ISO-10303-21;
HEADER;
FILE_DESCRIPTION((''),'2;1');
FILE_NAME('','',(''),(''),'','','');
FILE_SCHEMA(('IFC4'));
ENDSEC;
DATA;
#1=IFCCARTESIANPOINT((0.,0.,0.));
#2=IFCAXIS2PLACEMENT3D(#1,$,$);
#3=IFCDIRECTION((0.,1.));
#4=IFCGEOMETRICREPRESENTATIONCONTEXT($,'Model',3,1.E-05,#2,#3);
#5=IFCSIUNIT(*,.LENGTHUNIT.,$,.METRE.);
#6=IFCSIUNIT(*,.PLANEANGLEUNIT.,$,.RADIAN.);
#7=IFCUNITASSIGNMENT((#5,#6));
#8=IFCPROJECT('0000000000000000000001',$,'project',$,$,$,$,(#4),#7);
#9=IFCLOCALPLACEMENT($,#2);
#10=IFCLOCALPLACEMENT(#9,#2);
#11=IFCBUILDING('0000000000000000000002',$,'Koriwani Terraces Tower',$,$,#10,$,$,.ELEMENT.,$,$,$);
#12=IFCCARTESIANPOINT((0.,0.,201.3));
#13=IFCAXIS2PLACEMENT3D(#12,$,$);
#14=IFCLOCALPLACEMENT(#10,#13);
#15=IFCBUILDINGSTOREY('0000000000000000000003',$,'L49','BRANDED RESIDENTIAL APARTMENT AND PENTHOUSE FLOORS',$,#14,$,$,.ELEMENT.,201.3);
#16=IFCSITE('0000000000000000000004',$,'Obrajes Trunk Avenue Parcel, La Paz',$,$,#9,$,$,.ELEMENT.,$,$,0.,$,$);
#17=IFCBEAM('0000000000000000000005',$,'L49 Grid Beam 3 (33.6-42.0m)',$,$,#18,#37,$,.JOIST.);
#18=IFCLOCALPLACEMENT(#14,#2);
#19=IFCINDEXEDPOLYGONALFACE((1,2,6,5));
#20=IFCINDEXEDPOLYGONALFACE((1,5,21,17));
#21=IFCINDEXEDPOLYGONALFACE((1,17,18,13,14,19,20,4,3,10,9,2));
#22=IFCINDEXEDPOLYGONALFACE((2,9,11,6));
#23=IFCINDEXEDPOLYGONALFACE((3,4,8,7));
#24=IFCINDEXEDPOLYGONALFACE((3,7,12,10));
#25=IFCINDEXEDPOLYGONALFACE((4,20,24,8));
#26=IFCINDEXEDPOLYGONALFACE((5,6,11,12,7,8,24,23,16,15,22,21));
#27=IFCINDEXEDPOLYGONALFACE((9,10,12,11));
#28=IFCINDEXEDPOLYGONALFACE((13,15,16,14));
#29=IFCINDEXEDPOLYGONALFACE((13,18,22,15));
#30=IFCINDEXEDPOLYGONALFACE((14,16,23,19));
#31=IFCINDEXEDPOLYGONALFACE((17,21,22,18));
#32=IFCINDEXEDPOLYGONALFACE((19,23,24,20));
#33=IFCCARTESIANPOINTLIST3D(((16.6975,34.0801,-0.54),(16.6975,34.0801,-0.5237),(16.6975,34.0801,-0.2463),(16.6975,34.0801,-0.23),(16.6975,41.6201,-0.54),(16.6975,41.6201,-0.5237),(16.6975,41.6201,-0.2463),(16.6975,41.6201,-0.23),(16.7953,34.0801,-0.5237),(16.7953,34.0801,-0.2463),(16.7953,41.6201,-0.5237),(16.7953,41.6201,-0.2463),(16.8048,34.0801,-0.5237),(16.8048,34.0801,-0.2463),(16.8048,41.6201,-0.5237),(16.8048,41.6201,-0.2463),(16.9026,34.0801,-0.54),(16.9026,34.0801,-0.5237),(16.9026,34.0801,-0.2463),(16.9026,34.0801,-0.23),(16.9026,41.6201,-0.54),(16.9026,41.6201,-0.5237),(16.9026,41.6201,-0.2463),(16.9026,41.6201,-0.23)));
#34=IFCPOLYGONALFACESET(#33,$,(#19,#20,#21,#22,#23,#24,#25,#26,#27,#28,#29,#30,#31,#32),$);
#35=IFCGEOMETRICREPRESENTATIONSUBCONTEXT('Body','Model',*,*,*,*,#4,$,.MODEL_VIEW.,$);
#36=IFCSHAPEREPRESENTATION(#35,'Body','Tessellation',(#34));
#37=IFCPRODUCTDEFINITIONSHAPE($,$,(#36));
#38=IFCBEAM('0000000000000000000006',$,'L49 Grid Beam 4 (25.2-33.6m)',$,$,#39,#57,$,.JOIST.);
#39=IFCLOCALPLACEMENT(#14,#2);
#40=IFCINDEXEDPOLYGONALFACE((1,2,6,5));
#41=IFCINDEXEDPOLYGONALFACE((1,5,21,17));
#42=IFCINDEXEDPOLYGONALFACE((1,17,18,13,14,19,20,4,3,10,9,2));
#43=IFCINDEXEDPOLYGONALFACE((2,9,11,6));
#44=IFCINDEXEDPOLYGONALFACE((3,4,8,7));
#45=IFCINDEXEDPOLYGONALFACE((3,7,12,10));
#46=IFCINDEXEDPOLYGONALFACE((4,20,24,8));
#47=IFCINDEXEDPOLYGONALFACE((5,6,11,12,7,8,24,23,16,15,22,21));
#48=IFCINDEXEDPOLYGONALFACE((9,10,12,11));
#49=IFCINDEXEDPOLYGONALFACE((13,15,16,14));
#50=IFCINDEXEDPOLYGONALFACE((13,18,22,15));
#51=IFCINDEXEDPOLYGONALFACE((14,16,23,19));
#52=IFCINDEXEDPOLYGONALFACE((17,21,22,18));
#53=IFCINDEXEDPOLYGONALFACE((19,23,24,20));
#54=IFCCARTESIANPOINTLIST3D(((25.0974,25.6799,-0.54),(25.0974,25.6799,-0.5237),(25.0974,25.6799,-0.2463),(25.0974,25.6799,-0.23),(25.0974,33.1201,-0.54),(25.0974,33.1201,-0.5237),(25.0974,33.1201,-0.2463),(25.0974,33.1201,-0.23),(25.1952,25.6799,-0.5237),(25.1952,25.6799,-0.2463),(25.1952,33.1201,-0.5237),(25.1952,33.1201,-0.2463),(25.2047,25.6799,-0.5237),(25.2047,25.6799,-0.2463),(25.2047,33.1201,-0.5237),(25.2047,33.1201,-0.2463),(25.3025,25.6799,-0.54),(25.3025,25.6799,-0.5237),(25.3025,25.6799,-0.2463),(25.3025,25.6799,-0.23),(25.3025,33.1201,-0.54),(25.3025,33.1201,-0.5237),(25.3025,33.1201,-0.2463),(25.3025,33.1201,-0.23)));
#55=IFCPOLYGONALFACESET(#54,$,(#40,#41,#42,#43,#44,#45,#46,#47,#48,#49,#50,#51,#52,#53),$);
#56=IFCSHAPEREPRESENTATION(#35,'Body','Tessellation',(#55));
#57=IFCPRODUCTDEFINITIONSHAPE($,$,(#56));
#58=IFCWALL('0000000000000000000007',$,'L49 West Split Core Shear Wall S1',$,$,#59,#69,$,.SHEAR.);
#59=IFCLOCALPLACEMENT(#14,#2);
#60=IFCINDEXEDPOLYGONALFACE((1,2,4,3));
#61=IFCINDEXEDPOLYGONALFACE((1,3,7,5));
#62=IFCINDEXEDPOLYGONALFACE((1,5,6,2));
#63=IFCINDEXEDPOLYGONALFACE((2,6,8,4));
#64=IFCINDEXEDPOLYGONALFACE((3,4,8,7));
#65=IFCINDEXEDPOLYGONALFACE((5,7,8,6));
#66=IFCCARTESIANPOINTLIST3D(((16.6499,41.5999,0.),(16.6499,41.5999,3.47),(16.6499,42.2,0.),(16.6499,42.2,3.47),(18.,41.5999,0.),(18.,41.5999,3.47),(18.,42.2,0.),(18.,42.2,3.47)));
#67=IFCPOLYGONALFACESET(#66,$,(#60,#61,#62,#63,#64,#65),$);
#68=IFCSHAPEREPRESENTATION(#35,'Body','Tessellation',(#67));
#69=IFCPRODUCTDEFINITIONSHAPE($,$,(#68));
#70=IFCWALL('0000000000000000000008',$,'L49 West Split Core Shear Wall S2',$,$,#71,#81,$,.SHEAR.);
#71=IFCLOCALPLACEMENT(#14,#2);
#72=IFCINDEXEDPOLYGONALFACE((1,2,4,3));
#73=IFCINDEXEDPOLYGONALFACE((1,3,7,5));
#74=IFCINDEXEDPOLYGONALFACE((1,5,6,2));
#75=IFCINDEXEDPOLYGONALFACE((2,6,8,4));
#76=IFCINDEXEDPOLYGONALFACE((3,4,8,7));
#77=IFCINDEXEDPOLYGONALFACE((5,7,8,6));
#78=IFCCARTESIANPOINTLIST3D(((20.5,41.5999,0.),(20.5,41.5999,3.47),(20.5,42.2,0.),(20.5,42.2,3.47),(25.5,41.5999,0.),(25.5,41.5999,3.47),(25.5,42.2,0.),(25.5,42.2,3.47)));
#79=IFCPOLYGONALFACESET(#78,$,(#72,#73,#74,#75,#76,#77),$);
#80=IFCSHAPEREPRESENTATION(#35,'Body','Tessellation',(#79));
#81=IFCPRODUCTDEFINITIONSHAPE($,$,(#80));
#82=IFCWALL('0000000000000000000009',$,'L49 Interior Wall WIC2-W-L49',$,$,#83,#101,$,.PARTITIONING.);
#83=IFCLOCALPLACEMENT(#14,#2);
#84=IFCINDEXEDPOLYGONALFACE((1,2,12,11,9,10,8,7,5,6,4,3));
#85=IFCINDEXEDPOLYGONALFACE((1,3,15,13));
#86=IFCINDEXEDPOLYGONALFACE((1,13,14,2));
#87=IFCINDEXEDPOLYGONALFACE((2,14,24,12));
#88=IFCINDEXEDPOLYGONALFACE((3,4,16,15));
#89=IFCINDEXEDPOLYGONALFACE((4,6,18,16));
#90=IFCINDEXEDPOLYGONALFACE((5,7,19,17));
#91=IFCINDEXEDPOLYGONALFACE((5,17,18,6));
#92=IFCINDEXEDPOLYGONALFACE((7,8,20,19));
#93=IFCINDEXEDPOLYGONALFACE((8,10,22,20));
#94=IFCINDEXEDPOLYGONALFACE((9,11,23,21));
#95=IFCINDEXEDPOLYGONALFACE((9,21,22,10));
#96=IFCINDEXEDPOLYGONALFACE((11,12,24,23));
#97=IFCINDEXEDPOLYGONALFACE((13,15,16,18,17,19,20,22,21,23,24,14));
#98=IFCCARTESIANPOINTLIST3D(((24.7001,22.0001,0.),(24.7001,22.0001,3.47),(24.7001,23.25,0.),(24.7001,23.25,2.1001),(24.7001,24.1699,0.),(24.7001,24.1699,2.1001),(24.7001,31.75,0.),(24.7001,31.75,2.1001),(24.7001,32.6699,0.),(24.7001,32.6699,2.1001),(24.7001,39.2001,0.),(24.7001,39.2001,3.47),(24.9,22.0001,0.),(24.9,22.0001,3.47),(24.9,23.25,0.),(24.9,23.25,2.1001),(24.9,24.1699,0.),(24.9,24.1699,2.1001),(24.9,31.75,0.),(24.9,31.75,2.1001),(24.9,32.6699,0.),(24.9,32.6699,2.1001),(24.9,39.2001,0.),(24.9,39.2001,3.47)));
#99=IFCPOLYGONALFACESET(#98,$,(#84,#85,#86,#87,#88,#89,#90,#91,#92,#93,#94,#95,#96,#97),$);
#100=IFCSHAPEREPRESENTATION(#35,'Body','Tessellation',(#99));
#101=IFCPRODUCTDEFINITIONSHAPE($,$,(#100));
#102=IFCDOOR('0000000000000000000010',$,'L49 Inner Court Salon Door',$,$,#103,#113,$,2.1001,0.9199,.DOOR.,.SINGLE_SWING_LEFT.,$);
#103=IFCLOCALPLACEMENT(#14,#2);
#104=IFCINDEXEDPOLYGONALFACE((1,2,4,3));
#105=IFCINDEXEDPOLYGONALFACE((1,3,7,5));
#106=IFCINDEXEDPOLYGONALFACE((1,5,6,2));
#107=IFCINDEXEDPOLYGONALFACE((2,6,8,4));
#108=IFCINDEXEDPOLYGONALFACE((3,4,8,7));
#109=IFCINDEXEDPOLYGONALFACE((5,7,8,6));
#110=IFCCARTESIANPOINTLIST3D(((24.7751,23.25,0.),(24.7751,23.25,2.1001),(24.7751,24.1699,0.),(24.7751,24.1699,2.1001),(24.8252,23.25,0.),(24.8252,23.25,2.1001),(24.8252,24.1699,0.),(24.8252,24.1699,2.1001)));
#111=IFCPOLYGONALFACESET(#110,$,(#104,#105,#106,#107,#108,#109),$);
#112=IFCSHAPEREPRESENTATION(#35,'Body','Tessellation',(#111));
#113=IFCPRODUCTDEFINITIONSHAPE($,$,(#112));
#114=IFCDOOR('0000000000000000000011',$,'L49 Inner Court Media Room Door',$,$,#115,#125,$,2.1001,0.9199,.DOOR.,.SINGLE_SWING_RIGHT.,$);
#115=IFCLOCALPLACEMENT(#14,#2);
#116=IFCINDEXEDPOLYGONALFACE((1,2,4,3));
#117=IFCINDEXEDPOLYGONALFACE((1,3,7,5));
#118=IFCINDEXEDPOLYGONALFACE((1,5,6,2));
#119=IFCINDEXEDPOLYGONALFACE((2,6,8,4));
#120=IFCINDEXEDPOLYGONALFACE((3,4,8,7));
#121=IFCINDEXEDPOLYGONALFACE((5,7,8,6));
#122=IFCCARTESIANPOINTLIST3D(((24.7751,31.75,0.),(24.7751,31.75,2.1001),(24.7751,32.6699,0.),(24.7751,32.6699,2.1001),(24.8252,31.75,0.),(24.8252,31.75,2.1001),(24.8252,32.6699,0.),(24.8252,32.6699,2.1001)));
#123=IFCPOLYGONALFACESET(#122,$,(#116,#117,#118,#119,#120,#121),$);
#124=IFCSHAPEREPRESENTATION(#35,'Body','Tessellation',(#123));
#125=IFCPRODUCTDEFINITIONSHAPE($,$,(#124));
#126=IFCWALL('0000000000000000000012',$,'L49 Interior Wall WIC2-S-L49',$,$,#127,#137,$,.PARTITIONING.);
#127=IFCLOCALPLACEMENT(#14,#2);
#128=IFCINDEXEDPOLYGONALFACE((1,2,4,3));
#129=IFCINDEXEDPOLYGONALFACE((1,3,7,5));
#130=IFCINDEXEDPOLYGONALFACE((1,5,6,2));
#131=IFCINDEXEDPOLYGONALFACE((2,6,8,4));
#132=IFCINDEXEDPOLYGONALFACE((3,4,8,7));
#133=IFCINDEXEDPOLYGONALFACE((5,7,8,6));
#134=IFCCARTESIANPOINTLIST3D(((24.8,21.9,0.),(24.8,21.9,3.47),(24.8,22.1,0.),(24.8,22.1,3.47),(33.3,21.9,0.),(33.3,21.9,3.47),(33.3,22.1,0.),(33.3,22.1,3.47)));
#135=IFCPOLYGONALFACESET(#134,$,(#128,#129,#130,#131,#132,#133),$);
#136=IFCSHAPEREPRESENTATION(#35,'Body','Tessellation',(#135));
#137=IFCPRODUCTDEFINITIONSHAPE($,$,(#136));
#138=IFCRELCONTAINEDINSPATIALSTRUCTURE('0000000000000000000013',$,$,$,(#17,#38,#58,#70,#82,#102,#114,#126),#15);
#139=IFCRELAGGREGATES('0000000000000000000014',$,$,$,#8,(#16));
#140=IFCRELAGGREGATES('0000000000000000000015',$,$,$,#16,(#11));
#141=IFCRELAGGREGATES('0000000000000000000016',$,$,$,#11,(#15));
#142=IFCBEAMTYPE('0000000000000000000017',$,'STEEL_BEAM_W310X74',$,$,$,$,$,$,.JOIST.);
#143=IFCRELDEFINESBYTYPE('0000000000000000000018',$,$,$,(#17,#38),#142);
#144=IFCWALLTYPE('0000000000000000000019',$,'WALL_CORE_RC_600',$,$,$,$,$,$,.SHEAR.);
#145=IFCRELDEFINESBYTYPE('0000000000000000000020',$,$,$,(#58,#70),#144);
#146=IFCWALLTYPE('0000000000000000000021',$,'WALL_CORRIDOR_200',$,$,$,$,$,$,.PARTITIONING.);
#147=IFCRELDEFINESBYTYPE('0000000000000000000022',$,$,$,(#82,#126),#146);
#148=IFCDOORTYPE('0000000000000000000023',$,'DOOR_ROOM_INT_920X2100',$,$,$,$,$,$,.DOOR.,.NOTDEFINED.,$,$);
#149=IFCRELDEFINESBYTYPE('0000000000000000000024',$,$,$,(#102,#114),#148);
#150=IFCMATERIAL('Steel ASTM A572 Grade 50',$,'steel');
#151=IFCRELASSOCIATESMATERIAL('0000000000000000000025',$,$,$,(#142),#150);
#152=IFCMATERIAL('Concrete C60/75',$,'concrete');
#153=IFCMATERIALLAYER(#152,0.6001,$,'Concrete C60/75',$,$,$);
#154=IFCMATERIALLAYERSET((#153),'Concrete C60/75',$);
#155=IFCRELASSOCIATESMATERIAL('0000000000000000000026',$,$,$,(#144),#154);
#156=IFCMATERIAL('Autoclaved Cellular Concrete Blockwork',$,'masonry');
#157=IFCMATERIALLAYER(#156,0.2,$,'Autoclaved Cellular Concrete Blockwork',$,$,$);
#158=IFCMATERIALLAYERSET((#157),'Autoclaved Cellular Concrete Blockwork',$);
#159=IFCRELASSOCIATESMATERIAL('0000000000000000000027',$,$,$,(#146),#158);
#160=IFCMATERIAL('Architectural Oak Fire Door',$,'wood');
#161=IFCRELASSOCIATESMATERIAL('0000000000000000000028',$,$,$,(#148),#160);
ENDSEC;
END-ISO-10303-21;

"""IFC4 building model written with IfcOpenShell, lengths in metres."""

from ifc_helpers import new_model, si_unit, direction, frame, frame_2d, origin, origin_2d, place, context, subcontext, project, spatial, rectangle, i_section, extrude, material, layer, layer_set, material_profile, profile_set, type_object, element, fill, save


model = new_model("IFC4")

# Units and contexts
model_context = context("Model", 3, precision=1e-05, world=origin(), true_north=direction((0.0, 1.0)))
body_context = subcontext(model_context, "Body", "Model", "MODEL_VIEW")
ifc_project = project(units=[si_unit("LENGTHUNIT", "METRE"), si_unit("PLANEANGLEUNIT", "RADIAN")], contexts=[model_context])

# Site, building, storey
site_placement = place(None, origin())
site = spatial("IfcSite", under=ifc_project, at=site_placement, Name="Obrajes Trunk Avenue Parcel, La Paz", CompositionType="ELEMENT", RefElevation=0.0)
building_placement = place(site_placement, origin())
building = spatial("IfcBuilding", under=site, at=building_placement, Name="Koriwani Terraces Tower", CompositionType="ELEMENT")
storey_placement = place(building_placement, frame((0.0, 0.0, 201.3)))
storey = spatial("IfcBuildingStorey", under=building, at=storey_placement, Name="L49", Description="BRANDED RESIDENTIAL APARTMENT AND PENTHOUSE FLOORS", CompositionType="ELEMENT", Elevation=201.3)

# Beams
ifc_material_1 = material(Name="Concrete C60/75", Category="concrete")
ifc_material_2 = material(Name="Steel ASTM A572 Grade 50", Category="steel")
ifc_material_profile_1 = material_profile(ifc_material_2, i_section(OverallWidth=0.2051, OverallDepth=0.3101, WebThickness=0.0095, FlangeThickness=0.0164, at=origin_2d()), Name="Steel ASTM A572 Grade 50", Category="LoadBearing")
ifc_profile_set_1 = profile_set([ifc_material_profile_1], Name="Steel ASTM A572 Grade 50")
beam_type_1 = type_object("IfcBeamType", Name="STEEL_BEAM_W310X74", PredefinedType="JOIST", material=ifc_profile_set_1)
beam_1_placement = place(storey_placement, frame((16.8, 34.0801, -0.385), z_axis=(0.0, 1.0, 0.0), x_axis=(-1.0, 0.0, 0.0)))
element("IfcBeam", 1, at=beam_1_placement, inside=storey, type_object=beam_type_1, Name="L49 Grid Beam 3 (33.6-42.0m)", PredefinedType="JOIST", context=body_context, shape_type="SweptSolid", body=[
    extrude(i_section(OverallWidth=0.2051, OverallDepth=0.3101, WebThickness=0.0095, FlangeThickness=0.0164, at=origin_2d()), origin(), (0.0, 0.0, 1.0), 7.54),
])
beam_2_placement = place(storey_placement, frame((25.2, 25.6799, -0.385), z_axis=(0.0, 1.0, 0.0), x_axis=(-1.0, 0.0, 0.0)))
element("IfcBeam", 2, at=beam_2_placement, inside=storey, type_object=beam_type_1, Name="L49 Grid Beam 4 (25.2-33.6m)", PredefinedType="JOIST", context=body_context, shape_type="SweptSolid", body=[
    extrude(i_section(OverallWidth=0.2051, OverallDepth=0.3101, WebThickness=0.0095, FlangeThickness=0.0164, at=origin_2d()), origin(), (0.0, 0.0, 1.0), 7.4402),
])

# Walls
ifc_layer_1 = layer(ifc_material_1, 0.6001, Name="Concrete C60/75")
ifc_layer_set_1 = layer_set([ifc_layer_1], Name="Concrete C60/75")
wall_type_1 = type_object("IfcWallType", Name="WALL_CORE_RC_600", PredefinedType="SHEAR", material=ifc_layer_set_1)
wall_1_placement = place(storey_placement, frame((16.6499, 41.8999, 0.0), z_axis=(0.0, 0.0, 1.0), x_axis=(1.0, 0.0, 0.0)))
element("IfcWall", 3, at=wall_1_placement, inside=storey, type_object=wall_type_1, Name="L49 West Split Core Shear Wall S1", PredefinedType="SHEAR", context=body_context, shape_type="SweptSolid", body=[
    extrude(rectangle(XDim=1.3501, YDim=0.6001, at=frame_2d((0.675, 0.0))), origin(), (0.0, 0.0, 1.0), 3.47),
])
wall_2_placement = place(storey_placement, frame((20.5, 41.8999, 0.0), z_axis=(0.0, 0.0, 1.0), x_axis=(1.0, 0.0, 0.0)))
element("IfcWall", 4, at=wall_2_placement, inside=storey, type_object=wall_type_1, Name="L49 West Split Core Shear Wall S2", PredefinedType="SHEAR", context=body_context, shape_type="SweptSolid", body=[
    extrude(rectangle(XDim=5.0, YDim=0.6001, at=frame_2d((2.5, 0.0))), origin(), (0.0, 0.0, 1.0), 3.47),
])

# Wall, openings, doors
ifc_material_3 = material(Name="Autoclaved Cellular Concrete Blockwork", Category="masonry")
ifc_layer_2 = layer(ifc_material_3, 0.2, Name="Autoclaved Cellular Concrete Blockwork")
ifc_layer_set_2 = layer_set([ifc_layer_2], Name="Autoclaved Cellular Concrete Blockwork")
wall_type_2 = type_object("IfcWallType", Name="WALL_CORRIDOR_200", PredefinedType="PARTITIONING", material=ifc_layer_set_2)
wall_3_placement = place(storey_placement, frame((24.8, 22.0, 0.0), z_axis=(0.0, 0.0, 1.0), x_axis=(0.0, 1.0, 0.0)))
wall_3 = element("IfcWall", 5, at=wall_3_placement, inside=storey, type_object=wall_type_2, Name="L49 Interior Wall WIC2-W-L49", PredefinedType="PARTITIONING", context=body_context, shape_type="SweptSolid", body=[
    extrude(rectangle(XDim=17.2, YDim=0.2, at=frame_2d((8.6001, 0.0))), origin(), (0.0, 0.0, 1.0), 3.47),
])
opening_1_placement = place(wall_3_placement, frame((1.25, 0.0, 0.0)))
opening_1 = element("IfcOpeningElement", 6, at=opening_1_placement, cuts=wall_3, PredefinedType="OPENING", context=body_context, shape_type="SweptSolid", body=[
    extrude(rectangle(XDim=0.9199, YDim=2.1001, at=frame_2d((0.46, 1.05))), frame((0.0, 0.1099, 0.0), z_axis=(0.0, -1.0, 0.0), x_axis=(1.0, 0.0, 0.0)), (0.0, 0.0, 1.0), 0.22),
])
opening_2_placement = place(wall_3_placement, frame((9.75, 0.0, 0.0)))
opening_2 = element("IfcOpeningElement", 7, at=opening_2_placement, cuts=wall_3, PredefinedType="OPENING", context=body_context, shape_type="SweptSolid", body=[
    extrude(rectangle(XDim=0.9199, YDim=2.1001, at=frame_2d((0.46, 1.05))), frame((0.0, 0.1099, 0.0), z_axis=(0.0, -1.0, 0.0), x_axis=(1.0, 0.0, 0.0)), (0.0, 0.0, 1.0), 0.22),
])
ifc_material_4 = material(Name="Architectural Oak Fire Door", Category="wood")
door_type = type_object("IfcDoorType", Name="DOOR_ROOM_INT_920X2100", OperationType="NOTDEFINED", PredefinedType="DOOR", material=ifc_material_4)
door_1_placement = place(opening_1_placement, origin())
door_1 = element("IfcDoor", 8, at=door_1_placement, inside=storey, type_object=door_type, Name="L49 Inner Court Salon Door", OperationType="SINGLE_SWING_LEFT", OverallHeight=2.1001, OverallWidth=0.9199, PredefinedType="DOOR", context=body_context, shape_type="SweptSolid", body=[
    extrude(rectangle(XDim=0.9199, YDim=2.1001, at=frame_2d((0.46, 1.05))), frame((0.0, 0.0249, 0.0), z_axis=(0.0, -1.0, 0.0), x_axis=(1.0, 0.0, 0.0)), (0.0, 0.0, 1.0), 0.05),
])
fill(opening_1, door_1)
door_2_placement = place(opening_2_placement, origin())
door_2 = element("IfcDoor", 9, at=door_2_placement, inside=storey, type_object=door_type, Name="L49 Inner Court Media Room Door", OperationType="SINGLE_SWING_RIGHT", OverallHeight=2.1001, OverallWidth=0.9199, PredefinedType="DOOR", context=body_context, shape_type="SweptSolid", body=[
    extrude(rectangle(XDim=0.9199, YDim=2.1001, at=frame_2d((0.46, 1.05))), frame((0.0, 0.0249, 0.0), z_axis=(0.0, -1.0, 0.0), x_axis=(1.0, 0.0, 0.0)), (0.0, 0.0, 1.0), 0.05),
])
fill(opening_2, door_2)

# Wall
wall_4_placement = place(storey_placement, frame((24.8, 22.0, 0.0), z_axis=(0.0, 0.0, 1.0), x_axis=(1.0, 0.0, 0.0)))
element("IfcWall", 10, at=wall_4_placement, inside=storey, type_object=wall_type_2, Name="L49 Interior Wall WIC2-S-L49", PredefinedType="PARTITIONING", context=body_context, shape_type="SweptSolid", body=[
    extrude(rectangle(XDim=8.5, YDim=0.2, at=frame_2d((4.25, 0.0))), origin(), (0.0, 0.0, 1.0), 3.47),
])

save(model, "model.ifc")
